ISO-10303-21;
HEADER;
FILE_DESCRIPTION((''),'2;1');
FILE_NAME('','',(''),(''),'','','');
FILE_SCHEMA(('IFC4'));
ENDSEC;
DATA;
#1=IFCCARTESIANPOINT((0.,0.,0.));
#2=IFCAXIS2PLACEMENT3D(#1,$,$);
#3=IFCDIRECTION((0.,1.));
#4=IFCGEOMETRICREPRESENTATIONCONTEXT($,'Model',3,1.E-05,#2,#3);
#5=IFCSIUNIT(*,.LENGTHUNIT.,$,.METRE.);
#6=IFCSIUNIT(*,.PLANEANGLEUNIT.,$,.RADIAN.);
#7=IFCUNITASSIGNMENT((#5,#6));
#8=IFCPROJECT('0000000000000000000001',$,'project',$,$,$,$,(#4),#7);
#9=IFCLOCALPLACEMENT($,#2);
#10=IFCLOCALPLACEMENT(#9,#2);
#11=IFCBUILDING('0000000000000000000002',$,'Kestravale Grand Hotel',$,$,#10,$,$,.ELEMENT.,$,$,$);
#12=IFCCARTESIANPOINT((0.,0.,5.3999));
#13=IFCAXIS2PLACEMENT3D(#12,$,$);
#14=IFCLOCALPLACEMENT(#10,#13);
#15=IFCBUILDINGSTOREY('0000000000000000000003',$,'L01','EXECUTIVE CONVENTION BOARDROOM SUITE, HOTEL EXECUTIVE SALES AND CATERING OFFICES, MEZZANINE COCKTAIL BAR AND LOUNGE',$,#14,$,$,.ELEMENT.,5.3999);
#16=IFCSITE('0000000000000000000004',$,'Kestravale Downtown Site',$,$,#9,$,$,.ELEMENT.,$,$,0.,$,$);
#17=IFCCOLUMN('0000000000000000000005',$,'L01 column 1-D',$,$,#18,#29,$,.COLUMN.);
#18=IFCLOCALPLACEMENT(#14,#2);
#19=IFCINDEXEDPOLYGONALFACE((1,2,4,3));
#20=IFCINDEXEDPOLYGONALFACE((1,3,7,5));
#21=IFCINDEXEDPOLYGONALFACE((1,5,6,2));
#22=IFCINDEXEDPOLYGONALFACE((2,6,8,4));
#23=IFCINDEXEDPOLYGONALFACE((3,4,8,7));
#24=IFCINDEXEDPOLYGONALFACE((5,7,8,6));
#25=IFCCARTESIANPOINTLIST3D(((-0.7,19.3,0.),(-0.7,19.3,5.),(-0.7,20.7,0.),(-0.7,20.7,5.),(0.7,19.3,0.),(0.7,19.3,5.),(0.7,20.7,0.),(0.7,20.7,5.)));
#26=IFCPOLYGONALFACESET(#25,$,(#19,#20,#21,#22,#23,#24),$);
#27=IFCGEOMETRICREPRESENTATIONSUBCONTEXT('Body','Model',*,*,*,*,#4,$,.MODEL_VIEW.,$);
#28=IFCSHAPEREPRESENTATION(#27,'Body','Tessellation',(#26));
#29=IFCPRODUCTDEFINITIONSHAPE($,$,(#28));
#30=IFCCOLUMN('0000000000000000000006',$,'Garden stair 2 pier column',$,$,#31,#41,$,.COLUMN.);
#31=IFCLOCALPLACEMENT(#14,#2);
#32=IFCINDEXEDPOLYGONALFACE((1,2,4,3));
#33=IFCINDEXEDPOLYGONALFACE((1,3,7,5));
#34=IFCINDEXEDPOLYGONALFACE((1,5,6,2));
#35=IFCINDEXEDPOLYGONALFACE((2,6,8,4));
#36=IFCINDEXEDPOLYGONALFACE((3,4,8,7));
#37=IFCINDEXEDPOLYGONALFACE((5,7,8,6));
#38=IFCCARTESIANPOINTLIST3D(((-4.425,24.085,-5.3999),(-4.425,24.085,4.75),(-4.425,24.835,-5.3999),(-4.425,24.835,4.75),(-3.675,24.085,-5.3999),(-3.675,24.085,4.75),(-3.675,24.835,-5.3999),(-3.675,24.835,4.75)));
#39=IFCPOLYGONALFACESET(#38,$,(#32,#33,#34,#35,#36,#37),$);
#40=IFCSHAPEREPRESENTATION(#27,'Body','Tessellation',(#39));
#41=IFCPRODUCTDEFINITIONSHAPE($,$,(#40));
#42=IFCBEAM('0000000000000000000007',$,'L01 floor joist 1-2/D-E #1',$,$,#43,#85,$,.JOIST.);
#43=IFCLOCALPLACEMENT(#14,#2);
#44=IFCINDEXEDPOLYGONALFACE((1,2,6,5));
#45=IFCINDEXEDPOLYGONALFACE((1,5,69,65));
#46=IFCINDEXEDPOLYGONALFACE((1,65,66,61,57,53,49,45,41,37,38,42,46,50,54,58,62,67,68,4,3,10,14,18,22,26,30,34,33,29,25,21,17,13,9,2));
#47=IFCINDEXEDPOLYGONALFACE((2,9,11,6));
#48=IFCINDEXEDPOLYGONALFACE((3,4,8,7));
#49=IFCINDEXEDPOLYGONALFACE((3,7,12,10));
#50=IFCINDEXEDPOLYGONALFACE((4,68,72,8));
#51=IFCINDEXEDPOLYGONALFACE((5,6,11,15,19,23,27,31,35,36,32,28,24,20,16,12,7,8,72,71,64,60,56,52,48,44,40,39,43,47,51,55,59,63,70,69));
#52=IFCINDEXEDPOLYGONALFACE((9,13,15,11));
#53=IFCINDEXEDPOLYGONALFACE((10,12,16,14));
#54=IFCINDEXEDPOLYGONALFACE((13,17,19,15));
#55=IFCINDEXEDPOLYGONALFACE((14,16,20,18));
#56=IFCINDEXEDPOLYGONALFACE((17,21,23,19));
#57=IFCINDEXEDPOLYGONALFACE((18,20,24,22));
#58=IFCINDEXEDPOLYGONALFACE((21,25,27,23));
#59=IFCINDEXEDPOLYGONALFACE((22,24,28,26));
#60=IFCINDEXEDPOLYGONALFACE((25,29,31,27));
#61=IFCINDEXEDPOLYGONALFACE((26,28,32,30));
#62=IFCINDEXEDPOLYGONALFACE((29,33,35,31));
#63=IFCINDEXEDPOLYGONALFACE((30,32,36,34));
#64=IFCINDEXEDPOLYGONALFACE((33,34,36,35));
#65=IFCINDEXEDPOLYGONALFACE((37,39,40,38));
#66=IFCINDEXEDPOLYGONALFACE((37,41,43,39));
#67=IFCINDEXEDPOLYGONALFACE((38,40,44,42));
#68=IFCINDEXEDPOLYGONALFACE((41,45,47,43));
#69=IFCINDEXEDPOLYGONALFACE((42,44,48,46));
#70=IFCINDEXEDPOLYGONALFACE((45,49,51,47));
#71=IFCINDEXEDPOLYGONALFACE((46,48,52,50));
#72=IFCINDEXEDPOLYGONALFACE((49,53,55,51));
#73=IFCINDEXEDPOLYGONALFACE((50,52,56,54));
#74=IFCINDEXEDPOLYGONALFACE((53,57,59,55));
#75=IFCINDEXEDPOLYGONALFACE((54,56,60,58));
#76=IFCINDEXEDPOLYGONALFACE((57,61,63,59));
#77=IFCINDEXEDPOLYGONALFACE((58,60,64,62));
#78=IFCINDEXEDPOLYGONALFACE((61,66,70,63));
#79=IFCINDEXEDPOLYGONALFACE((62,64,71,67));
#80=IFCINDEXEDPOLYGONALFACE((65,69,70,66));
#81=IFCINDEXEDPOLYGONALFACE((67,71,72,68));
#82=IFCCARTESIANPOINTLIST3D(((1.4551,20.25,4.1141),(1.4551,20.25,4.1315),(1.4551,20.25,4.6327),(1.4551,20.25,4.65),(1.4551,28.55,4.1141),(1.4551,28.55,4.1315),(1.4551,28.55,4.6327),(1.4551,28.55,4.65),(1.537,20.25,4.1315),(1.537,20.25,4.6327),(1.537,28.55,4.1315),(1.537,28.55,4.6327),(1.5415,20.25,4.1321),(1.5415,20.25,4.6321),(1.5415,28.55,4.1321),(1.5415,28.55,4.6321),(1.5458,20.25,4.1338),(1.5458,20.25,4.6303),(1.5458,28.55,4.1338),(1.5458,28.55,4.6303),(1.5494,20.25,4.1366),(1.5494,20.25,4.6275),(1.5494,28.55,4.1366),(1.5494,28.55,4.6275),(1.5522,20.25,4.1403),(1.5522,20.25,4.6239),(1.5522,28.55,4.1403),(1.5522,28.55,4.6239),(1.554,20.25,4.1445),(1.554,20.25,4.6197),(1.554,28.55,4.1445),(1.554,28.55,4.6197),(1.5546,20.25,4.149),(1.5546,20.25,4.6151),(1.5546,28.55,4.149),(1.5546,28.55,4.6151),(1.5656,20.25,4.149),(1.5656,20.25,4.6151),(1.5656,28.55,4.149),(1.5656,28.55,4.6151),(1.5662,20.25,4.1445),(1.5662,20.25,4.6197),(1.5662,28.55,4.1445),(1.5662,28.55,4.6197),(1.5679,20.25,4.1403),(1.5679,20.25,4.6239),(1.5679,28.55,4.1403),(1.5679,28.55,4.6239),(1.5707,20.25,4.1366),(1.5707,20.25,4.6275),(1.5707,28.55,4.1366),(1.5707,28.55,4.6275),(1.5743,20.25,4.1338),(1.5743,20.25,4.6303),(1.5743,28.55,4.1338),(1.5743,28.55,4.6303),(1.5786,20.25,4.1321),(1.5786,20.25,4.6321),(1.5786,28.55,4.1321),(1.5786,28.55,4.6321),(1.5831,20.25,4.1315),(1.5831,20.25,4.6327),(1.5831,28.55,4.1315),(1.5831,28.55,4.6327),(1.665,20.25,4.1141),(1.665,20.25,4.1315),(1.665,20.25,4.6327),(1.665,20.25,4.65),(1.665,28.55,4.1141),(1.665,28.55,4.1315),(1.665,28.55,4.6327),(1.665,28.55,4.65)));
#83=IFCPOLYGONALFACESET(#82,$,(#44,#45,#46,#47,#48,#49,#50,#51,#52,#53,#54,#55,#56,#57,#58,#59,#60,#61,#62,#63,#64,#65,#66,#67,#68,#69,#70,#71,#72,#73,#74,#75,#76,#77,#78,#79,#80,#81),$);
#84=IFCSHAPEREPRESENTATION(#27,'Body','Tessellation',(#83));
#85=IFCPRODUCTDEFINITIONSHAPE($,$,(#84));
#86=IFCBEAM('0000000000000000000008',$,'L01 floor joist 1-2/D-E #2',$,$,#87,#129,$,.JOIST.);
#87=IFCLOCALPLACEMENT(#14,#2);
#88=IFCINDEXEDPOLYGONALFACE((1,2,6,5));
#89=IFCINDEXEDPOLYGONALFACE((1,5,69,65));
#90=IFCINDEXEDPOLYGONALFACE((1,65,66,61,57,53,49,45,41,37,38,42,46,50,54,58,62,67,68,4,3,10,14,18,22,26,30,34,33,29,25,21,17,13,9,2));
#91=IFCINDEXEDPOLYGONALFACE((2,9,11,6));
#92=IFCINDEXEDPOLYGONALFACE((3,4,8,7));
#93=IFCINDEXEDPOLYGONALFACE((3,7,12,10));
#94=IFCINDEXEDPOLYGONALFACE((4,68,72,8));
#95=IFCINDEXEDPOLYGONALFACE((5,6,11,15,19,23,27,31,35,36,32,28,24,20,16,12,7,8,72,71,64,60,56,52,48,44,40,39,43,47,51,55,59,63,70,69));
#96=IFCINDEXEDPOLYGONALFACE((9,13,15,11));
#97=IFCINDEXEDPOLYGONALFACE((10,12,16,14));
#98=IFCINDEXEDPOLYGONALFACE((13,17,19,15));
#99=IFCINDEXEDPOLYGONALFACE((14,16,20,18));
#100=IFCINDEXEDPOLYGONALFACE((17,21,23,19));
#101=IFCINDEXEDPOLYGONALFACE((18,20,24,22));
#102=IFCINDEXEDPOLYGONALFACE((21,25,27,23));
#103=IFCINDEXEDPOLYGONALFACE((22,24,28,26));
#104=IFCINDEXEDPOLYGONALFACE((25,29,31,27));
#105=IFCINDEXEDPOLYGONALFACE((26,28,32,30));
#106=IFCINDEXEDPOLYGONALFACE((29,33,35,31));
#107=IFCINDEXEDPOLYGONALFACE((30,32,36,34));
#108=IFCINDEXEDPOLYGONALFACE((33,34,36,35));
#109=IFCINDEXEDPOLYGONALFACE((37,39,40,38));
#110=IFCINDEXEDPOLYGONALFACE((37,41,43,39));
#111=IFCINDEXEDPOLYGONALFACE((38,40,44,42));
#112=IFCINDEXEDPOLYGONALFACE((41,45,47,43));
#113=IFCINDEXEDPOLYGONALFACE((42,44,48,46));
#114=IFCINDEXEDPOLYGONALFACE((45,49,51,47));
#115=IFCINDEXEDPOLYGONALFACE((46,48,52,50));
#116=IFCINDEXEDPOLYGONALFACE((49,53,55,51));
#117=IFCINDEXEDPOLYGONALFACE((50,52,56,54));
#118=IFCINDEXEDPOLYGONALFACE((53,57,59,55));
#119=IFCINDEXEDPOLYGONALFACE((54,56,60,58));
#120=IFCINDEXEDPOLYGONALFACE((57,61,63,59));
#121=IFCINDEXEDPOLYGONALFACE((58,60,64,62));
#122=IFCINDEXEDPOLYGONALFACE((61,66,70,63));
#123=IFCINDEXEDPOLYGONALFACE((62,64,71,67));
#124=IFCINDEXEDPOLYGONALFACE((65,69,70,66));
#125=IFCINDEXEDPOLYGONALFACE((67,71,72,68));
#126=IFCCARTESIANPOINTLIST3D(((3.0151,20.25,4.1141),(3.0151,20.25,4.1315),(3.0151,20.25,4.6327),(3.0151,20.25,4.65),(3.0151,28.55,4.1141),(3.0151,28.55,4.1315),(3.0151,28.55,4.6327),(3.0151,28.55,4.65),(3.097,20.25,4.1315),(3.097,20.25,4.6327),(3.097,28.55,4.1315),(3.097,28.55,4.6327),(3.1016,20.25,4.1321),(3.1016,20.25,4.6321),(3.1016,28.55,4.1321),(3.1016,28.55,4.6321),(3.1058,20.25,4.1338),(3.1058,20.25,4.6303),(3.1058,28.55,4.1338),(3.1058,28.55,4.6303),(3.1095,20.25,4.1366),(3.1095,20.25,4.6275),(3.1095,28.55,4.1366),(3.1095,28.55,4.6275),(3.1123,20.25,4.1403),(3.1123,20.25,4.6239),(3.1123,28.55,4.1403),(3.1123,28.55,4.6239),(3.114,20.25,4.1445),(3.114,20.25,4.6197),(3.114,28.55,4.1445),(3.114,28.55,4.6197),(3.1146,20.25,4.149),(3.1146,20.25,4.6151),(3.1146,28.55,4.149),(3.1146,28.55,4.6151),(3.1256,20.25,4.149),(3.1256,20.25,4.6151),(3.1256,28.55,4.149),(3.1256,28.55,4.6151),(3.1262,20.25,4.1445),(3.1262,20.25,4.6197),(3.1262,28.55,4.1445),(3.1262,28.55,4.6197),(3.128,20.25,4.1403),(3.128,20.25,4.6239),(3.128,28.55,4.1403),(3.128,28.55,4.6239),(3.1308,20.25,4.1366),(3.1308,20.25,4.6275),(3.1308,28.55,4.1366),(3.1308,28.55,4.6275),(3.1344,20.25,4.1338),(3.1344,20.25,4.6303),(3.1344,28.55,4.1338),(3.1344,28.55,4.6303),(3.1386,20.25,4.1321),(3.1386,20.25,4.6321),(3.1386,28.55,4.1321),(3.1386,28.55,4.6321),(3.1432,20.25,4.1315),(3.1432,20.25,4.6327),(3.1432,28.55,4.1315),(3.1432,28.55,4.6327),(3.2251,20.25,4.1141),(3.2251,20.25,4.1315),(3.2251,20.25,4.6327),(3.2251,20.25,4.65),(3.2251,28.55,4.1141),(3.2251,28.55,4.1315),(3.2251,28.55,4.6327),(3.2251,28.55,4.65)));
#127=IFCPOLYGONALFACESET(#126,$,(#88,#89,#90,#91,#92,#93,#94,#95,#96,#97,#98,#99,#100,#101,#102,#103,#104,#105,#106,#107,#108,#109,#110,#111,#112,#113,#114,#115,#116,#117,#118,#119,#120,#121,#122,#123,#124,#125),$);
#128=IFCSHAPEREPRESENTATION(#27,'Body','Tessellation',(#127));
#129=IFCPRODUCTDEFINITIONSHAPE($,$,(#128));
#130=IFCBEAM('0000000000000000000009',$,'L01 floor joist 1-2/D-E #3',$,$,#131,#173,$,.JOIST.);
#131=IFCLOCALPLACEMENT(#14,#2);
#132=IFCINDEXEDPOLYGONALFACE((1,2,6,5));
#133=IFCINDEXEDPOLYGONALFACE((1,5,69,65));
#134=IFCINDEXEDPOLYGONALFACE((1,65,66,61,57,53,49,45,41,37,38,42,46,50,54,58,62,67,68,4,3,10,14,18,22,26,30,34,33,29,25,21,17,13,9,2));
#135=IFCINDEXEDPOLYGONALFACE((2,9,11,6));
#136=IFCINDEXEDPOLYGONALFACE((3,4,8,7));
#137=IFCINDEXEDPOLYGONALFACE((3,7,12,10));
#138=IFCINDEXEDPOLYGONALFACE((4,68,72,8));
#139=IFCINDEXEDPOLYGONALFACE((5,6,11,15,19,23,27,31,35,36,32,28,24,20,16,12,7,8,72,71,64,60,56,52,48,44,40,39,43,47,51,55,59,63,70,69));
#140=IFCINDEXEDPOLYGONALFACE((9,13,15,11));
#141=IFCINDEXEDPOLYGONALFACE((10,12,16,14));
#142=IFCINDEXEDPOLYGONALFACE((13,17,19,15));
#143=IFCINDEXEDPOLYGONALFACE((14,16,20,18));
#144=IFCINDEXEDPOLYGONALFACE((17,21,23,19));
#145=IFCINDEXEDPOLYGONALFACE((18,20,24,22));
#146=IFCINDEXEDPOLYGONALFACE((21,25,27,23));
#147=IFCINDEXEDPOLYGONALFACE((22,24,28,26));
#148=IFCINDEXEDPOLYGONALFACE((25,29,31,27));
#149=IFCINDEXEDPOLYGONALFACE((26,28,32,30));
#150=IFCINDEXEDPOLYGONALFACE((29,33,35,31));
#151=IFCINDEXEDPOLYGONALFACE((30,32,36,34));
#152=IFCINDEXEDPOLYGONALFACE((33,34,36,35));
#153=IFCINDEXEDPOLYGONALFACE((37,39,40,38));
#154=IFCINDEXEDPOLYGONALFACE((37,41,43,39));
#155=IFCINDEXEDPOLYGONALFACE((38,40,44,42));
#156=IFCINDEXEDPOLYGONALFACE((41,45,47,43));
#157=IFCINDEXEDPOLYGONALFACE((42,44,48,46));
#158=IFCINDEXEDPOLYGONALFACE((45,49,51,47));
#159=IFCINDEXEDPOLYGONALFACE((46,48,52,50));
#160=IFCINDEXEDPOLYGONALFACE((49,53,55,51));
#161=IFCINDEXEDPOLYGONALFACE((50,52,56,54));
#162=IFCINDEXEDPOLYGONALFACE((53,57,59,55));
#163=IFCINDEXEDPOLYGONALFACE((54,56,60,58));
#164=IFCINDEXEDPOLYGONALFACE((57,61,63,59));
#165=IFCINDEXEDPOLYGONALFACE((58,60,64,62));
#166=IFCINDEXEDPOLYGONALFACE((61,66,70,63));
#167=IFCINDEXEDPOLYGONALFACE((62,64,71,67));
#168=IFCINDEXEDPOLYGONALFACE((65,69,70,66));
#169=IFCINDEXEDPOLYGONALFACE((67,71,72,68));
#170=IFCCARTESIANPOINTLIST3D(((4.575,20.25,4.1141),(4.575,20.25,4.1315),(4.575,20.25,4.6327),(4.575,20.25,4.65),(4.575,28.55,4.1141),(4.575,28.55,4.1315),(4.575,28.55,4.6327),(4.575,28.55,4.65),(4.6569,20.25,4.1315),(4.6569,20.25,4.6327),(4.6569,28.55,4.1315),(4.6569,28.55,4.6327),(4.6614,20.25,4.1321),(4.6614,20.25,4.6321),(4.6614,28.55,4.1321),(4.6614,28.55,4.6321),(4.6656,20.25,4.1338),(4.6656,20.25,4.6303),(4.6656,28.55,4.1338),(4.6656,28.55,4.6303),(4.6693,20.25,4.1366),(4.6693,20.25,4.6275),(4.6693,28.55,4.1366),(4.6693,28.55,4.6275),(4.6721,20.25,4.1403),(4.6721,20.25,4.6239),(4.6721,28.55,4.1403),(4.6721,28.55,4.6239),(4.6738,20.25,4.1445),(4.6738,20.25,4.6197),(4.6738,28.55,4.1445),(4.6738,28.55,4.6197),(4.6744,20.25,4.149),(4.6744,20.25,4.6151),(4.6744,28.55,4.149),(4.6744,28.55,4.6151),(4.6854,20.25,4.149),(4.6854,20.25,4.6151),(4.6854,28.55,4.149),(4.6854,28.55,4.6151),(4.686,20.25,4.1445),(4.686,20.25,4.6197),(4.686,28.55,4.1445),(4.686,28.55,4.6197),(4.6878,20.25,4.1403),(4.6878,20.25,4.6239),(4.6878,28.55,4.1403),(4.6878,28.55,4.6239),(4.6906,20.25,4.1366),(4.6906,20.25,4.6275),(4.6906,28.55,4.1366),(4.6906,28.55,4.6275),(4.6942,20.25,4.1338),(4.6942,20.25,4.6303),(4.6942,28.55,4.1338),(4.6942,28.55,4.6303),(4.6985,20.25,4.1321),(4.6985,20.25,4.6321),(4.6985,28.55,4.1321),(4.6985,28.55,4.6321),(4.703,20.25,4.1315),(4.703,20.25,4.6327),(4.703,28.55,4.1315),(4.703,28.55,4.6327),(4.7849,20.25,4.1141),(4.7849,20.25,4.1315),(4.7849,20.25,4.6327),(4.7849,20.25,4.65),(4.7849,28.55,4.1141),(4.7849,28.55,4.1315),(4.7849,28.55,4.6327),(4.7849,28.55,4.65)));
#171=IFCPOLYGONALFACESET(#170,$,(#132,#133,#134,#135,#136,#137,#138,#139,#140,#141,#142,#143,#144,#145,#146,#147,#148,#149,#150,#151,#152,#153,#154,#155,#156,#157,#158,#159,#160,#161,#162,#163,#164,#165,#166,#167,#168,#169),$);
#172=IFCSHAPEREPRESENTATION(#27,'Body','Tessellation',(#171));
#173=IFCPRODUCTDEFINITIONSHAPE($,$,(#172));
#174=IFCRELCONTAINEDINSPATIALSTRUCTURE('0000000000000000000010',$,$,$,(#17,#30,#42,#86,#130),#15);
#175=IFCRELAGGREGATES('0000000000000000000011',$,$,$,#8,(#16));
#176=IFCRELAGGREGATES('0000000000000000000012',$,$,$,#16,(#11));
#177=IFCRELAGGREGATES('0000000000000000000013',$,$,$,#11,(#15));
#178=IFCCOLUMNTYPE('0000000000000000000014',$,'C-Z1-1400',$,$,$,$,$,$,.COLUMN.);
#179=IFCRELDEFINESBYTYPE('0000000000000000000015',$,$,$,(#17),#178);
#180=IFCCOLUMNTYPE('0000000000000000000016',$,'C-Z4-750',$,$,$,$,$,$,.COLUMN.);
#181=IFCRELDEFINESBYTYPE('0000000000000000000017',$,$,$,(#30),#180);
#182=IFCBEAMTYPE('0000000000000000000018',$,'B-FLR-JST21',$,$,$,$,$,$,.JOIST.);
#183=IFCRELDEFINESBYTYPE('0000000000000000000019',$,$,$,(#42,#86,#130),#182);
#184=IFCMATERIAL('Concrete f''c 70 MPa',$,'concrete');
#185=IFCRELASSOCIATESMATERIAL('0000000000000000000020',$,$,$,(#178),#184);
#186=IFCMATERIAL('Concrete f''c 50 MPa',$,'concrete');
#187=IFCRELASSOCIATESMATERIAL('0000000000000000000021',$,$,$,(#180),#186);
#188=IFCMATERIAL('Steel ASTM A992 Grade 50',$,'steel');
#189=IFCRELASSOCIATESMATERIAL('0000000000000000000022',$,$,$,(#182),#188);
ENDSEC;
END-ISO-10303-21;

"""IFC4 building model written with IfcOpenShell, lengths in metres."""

from ifc_helpers import new_model, si_unit, direction, frame, origin, origin_2d, place, context, subcontext, project, spatial, rectangle, i_section, extrude, material, material_profile, profile_set, type_object, element, save


model = new_model("IFC4")

# Units and contexts
model_context = context("Model", 3, precision=1e-05, world=origin(), true_north=direction((0.0, 1.0)))
body_context = subcontext(model_context, "Body", "Model", "MODEL_VIEW")
ifc_project = project(units=[si_unit("LENGTHUNIT", "METRE"), si_unit("PLANEANGLEUNIT", "RADIAN")], contexts=[model_context])

# Site, building, storey
site_placement = place(None, origin())
site = spatial("IfcSite", under=ifc_project, at=site_placement, Name="Kestravale Downtown Site", CompositionType="ELEMENT", RefElevation=0.0)
building_placement = place(site_placement, origin())
building = spatial("IfcBuilding", under=site, at=building_placement, Name="Kestravale Grand Hotel", CompositionType="ELEMENT")
storey_placement = place(building_placement, frame((0.0, 0.0, 5.3999)))
storey = spatial("IfcBuildingStorey", under=building, at=storey_placement, Name="L01", Description="EXECUTIVE CONVENTION BOARDROOM SUITE, HOTEL EXECUTIVE SALES AND CATERING OFFICES, MEZZANINE COCKTAIL BAR AND LOUNGE", CompositionType="ELEMENT", Elevation=5.3999)

# Columns
ifc_material_1 = material(Name="Concrete f'c 70 MPa", Category="concrete")
ifc_material_profile_1 = material_profile(ifc_material_1, rectangle(XDim=1.3999, YDim=1.3999, at=origin_2d()))
ifc_profile_set_1 = profile_set([ifc_material_profile_1], Name="Concrete f'c 70 MPa")
column_type_1 = type_object("IfcColumnType", Name="C-Z1-1400", PredefinedType="COLUMN", material=ifc_profile_set_1)
column_1_placement = place(storey_placement, frame((0.0, 20.0, 0.0), z_axis=(0.0, 0.0, 1.0), x_axis=(1.0, 0.0, 0.0)))
element("IfcColumn", 1, at=column_1_placement, inside=storey, type_object=column_type_1, Name="L01 column 1-D", PredefinedType="COLUMN", context=body_context, shape_type="SweptSolid", body=[
    extrude(rectangle(XDim=1.3999, YDim=1.3999, at=origin_2d()), origin(), (0.0, 0.0, 1.0), 5.0),
])
ifc_material_2 = material(Name="Concrete f'c 50 MPa", Category="concrete")
ifc_material_profile_2 = material_profile(ifc_material_2, rectangle(XDim=0.75, YDim=0.75, at=origin_2d()))
ifc_profile_set_2 = profile_set([ifc_material_profile_2], Name="Concrete f'c 50 MPa")
column_type_2 = type_object("IfcColumnType", Name="C-Z4-750", PredefinedType="COLUMN", material=ifc_profile_set_2)
column_2_placement = place(storey_placement, frame((-4.05, 24.46, -5.3999), z_axis=(0.0, 0.0, 1.0), x_axis=(1.0, 0.0, 0.0)))
element("IfcColumn", 2, at=column_2_placement, inside=storey, type_object=column_type_2, Name="Garden stair 2 pier column", PredefinedType="COLUMN", context=body_context, shape_type="SweptSolid", body=[
    extrude(rectangle(XDim=0.75, YDim=0.75, at=origin_2d()), origin(), (0.0, 0.0, 1.0), 10.1499),
])

# Beams
ifc_material_3 = material(Name="Steel ASTM A992 Grade 50", Category="steel")
ifc_material_profile_3 = material_profile(ifc_material_3, i_section(OverallWidth=0.21, OverallDepth=0.5359, WebThickness=0.011, FlangeThickness=0.0173, FilletRadius=0.0176, at=origin_2d()))
ifc_profile_set_3 = profile_set([ifc_material_profile_3], Name="Steel ASTM A992 Grade 50")
beam_type_1 = type_object("IfcBeamType", Name="B-FLR-JST21", PredefinedType="JOIST", material=ifc_profile_set_3)
for number, where, z_axis, x_axis, name in (
    (3, (1.5601, 20.25, 4.3821), (0.0, 1.0, 0.0), (-1.0, 0.0, 0.0), "L01 floor joist 1-2/D-E #1"),
    (4, (3.1201, 20.25, 4.3821), (0.0, 1.0, 0.0), (-1.0, 0.0, 0.0), "L01 floor joist 1-2/D-E #2"),
    (5, (4.6799, 20.25, 4.3821), (0.0, 1.0, 0.0), (-1.0, 0.0, 0.0), "L01 floor joist 1-2/D-E #3"),
):
    element("IfcBeam", number, at=place(storey_placement, frame(where, z_axis=z_axis, x_axis=x_axis)), inside=storey, type_object=beam_type_1, Name=name, PredefinedType="JOIST", context=body_context, shape_type="SweptSolid", body=[
        extrude(i_section(OverallWidth=0.21, OverallDepth=0.5359, WebThickness=0.011, FlangeThickness=0.0173, FilletRadius=0.0176, at=origin_2d()), origin(), (0.0, 0.0, 1.0), 8.3),
    ])

save(model, "model.ifc")
